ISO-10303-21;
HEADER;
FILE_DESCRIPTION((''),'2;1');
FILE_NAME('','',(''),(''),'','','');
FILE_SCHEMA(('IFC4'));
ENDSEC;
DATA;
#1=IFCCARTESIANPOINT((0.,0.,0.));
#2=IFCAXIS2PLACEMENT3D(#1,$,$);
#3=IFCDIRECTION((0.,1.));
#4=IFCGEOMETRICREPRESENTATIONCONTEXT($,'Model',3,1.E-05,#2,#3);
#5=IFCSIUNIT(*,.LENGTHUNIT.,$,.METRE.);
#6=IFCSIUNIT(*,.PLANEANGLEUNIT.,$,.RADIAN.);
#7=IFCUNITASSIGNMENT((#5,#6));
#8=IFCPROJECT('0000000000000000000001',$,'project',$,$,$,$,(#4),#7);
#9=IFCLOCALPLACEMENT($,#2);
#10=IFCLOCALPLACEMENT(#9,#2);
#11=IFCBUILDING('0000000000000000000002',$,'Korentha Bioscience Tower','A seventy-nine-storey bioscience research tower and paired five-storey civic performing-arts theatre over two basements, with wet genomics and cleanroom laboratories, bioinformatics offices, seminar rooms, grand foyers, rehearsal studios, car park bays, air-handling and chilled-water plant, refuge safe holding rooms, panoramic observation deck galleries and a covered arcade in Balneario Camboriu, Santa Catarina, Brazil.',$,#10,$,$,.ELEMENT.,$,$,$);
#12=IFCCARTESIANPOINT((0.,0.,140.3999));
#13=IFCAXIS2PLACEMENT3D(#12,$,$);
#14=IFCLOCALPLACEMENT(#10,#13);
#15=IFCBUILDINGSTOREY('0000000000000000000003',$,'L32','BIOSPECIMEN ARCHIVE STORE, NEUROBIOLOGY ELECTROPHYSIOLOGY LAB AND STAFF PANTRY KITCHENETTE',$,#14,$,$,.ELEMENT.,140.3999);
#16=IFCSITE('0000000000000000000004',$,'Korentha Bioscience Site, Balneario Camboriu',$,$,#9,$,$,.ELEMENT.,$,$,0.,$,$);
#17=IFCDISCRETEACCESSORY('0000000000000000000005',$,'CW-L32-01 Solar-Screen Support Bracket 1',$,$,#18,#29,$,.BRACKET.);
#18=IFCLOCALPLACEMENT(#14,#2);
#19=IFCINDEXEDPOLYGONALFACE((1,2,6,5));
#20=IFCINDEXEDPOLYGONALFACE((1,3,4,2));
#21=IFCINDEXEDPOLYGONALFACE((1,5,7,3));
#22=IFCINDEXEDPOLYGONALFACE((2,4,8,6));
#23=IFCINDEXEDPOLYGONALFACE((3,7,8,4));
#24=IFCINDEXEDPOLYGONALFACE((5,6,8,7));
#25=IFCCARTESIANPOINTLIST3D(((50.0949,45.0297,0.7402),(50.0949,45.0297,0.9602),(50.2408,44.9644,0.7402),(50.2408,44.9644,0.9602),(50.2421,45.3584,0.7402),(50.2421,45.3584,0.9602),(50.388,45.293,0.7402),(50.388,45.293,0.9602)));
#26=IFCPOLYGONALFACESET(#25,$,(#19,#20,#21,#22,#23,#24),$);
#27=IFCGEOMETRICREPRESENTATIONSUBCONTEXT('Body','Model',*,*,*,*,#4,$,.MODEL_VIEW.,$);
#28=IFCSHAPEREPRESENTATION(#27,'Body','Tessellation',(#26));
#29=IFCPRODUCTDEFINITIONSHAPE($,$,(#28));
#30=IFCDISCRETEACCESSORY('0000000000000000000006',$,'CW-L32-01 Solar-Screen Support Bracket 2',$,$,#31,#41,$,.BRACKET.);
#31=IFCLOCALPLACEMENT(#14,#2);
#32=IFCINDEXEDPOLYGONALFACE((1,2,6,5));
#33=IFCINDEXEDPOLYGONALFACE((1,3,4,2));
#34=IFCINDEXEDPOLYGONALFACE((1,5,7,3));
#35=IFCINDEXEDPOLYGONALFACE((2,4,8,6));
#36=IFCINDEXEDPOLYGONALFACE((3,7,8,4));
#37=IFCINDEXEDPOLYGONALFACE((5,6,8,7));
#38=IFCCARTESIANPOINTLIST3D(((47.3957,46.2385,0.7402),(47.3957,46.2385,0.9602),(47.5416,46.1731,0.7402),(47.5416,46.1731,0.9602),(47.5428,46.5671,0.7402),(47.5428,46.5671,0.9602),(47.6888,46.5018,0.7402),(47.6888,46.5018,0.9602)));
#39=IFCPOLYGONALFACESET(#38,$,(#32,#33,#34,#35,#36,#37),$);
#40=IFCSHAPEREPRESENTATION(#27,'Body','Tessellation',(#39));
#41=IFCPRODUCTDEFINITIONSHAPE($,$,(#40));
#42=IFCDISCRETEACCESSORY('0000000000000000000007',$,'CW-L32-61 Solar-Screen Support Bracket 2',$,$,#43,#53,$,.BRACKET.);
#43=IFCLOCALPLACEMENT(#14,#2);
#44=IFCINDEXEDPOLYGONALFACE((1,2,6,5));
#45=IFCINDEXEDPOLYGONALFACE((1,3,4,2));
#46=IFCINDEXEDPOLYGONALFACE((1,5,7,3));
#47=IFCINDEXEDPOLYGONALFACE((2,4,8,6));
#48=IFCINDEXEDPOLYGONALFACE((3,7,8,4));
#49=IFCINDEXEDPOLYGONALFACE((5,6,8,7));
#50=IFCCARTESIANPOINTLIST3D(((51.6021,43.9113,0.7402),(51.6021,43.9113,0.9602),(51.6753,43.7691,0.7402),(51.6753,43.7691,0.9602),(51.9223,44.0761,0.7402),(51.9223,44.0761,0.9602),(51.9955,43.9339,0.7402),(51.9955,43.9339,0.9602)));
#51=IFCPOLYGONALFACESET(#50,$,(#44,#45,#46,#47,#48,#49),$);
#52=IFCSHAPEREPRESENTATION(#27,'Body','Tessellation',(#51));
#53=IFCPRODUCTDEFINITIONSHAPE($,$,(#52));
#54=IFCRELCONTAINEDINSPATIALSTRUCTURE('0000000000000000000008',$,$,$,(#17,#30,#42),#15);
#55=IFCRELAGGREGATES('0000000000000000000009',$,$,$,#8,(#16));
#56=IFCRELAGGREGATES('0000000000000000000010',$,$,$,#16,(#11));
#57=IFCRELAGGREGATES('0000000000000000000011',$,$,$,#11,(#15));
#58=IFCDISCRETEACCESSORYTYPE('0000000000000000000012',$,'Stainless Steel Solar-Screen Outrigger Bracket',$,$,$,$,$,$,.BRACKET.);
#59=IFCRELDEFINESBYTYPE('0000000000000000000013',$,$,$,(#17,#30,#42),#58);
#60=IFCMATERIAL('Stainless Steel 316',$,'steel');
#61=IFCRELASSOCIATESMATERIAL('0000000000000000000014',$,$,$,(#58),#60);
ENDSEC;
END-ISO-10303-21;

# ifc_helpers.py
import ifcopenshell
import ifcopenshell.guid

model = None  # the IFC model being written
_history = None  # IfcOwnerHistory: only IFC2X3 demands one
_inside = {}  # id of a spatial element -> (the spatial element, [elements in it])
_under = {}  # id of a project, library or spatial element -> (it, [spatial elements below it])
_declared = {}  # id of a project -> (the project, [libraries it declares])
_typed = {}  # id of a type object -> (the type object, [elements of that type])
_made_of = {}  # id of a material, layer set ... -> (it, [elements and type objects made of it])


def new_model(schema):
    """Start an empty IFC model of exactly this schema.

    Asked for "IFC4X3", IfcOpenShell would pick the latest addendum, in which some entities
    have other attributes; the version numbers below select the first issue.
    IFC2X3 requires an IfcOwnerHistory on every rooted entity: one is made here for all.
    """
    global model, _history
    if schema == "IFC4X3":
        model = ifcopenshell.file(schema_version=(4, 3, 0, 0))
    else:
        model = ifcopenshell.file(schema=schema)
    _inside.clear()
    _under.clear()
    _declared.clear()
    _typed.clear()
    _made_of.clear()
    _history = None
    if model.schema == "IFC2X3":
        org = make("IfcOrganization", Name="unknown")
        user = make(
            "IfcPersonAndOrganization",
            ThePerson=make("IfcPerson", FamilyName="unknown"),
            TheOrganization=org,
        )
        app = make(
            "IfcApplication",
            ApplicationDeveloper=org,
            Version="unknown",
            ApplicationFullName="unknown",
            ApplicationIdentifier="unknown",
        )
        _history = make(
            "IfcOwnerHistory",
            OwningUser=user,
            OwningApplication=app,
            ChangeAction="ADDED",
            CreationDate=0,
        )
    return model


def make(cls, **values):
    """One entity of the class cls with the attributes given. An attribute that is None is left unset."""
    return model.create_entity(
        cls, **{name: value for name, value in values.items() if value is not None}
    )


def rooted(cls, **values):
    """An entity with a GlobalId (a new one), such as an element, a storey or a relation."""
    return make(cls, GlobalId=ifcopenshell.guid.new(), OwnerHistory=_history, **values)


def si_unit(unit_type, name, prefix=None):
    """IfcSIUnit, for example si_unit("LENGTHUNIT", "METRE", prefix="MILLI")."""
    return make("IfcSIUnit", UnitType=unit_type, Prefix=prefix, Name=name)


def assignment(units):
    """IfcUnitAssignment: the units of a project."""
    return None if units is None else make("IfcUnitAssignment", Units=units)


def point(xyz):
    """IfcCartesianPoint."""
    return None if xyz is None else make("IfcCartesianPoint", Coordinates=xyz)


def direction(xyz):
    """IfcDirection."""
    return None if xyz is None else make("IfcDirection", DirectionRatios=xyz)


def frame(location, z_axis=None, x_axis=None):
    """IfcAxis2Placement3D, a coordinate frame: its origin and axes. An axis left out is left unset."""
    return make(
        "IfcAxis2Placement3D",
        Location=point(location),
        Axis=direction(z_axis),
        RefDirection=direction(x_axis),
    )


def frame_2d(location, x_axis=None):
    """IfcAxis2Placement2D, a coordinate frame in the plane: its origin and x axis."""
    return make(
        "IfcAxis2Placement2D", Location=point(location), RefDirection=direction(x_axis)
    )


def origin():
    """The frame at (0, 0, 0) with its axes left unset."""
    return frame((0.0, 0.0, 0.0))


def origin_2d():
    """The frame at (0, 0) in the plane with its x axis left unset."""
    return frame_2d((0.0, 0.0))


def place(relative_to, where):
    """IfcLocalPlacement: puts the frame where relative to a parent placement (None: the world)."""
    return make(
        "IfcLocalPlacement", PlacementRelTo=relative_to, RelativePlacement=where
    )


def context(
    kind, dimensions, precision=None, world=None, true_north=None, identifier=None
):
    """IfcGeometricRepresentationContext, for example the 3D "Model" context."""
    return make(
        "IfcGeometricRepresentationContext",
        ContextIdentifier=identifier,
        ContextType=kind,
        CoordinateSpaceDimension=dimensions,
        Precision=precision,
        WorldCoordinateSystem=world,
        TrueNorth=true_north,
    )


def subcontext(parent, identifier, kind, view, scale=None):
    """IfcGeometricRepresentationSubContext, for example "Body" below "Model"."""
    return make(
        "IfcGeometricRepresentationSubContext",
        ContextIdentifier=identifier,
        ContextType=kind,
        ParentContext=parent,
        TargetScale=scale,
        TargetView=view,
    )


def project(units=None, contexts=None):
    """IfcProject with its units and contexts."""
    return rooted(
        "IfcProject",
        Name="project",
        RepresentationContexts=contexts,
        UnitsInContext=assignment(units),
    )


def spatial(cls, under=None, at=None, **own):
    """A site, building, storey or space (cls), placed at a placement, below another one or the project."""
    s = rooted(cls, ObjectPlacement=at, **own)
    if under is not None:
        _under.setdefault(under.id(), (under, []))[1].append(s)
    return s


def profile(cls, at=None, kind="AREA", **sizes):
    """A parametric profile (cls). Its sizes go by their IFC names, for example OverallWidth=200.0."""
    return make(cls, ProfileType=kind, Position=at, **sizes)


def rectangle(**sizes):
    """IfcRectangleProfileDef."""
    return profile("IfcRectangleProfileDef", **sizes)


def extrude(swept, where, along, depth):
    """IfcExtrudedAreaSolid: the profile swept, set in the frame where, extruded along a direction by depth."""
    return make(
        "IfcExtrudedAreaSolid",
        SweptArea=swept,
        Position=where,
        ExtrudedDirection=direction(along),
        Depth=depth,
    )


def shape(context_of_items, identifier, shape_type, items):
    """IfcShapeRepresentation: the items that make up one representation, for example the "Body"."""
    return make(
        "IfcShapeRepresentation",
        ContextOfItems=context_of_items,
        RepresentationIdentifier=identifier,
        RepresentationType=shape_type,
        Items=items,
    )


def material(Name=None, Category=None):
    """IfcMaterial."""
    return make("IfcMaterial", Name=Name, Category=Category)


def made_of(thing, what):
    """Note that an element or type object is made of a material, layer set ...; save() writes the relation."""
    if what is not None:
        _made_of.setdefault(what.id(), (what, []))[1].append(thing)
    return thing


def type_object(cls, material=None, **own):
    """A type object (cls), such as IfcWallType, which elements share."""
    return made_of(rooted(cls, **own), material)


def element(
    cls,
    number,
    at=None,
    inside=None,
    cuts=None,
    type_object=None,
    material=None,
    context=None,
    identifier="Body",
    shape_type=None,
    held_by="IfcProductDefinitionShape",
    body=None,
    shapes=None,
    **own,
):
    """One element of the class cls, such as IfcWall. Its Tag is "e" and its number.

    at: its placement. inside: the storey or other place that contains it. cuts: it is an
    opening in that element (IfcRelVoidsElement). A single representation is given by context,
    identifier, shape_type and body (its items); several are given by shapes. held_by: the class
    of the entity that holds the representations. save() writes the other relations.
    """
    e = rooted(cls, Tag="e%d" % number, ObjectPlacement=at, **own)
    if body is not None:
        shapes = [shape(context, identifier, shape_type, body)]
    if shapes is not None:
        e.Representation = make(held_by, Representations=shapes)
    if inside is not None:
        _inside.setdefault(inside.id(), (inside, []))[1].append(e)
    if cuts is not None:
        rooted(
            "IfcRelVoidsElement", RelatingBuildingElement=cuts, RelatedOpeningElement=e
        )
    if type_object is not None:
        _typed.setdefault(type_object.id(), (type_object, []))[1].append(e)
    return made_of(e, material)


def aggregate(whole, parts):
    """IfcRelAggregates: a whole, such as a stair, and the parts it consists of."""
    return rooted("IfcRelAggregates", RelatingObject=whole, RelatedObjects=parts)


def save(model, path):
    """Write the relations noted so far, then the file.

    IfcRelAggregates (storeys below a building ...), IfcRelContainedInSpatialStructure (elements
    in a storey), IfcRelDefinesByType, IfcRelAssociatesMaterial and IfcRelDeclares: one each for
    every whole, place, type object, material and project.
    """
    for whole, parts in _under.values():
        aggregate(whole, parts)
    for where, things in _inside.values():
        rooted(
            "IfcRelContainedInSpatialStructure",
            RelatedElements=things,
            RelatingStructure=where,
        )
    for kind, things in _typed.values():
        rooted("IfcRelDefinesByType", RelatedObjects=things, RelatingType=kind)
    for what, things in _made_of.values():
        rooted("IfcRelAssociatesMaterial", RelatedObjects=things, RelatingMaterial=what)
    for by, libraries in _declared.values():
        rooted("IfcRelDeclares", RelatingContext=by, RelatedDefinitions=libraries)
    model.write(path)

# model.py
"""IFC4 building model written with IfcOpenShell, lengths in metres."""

from ifc_helpers import new_model, si_unit, direction, frame, origin, origin_2d, place, context, subcontext, project, spatial, rectangle, extrude, material, type_object, element, save


model = new_model("IFC4")

# Units and contexts
model_context = context("Model", 3, precision=1e-05, world=origin(), true_north=direction((0.0, 1.0)))
body_context = subcontext(model_context, "Body", "Model", "MODEL_VIEW")
ifc_project = project(units=[si_unit("LENGTHUNIT", "METRE"), si_unit("PLANEANGLEUNIT", "RADIAN")], contexts=[model_context])

# Site, building, storey
site_placement = place(None, origin())
site = spatial("IfcSite", under=ifc_project, at=site_placement, Name="Korentha Bioscience Site, Balneario Camboriu", CompositionType="ELEMENT", RefElevation=0.0)
building_placement = place(site_placement, origin())
building = spatial("IfcBuilding", under=site, at=building_placement, Name="Korentha Bioscience Tower", Description="A seventy-nine-storey bioscience research tower and paired five-storey civic performing-arts theatre over two basements, with wet genomics and cleanroom laboratories, bioinformatics offices, seminar rooms, grand foyers, rehearsal studios, car park bays, air-handling and chilled-water plant, refuge safe holding rooms, panoramic observation deck galleries and a covered arcade in Balneario Camboriu, Santa Catarina, Brazil.", CompositionType="ELEMENT")
storey_placement = place(building_placement, frame((0.0, 0.0, 140.3999)))
storey = spatial("IfcBuildingStorey", under=building, at=storey_placement, Name="L32", Description="BIOSPECIMEN ARCHIVE STORE, NEUROBIOLOGY ELECTROPHYSIOLOGY LAB AND STAFF PANTRY KITCHENETTE", CompositionType="ELEMENT", Elevation=140.3999)

# Discrete accessories
ifc_material_1 = material(Name="Stainless Steel 316", Category="steel")
discrete_accessory_type = type_object("IfcDiscreteAccessoryType", Name="Stainless Steel Solar-Screen Outrigger Bracket", PredefinedType="BRACKET", material=ifc_material_1)
for number, where, z_axis, x_axis, name in (
    (1, (50.2415, 45.1614, 0.7402), (0.0, 0.0, 1.0), (-0.912687, 0.40866, 0.0), "CW-L32-01 Solar-Screen Support Bracket 1"),
    (2, (47.5422, 46.3701, 0.7402), (0.0, 0.0, 1.0), (-0.912687, 0.40866, 0.0), "CW-L32-01 Solar-Screen Support Bracket 2"),
    (3, (51.7988, 43.9226, 0.7402), (0.0, 0.0, 1.0), (-0.457613, 0.889151, 0.0), "CW-L32-61 Solar-Screen Support Bracket 2"),
):
    element("IfcDiscreteAccessory", number, at=place(storey_placement, frame(where, z_axis=z_axis, x_axis=x_axis)), inside=storey, type_object=discrete_accessory_type, Name=name, PredefinedType="BRACKET", context=body_context, shape_type="SweptSolid", body=[
        extrude(rectangle(XDim=0.1599, YDim=0.3601, at=origin_2d()), origin(), (0.0, 0.0, 1.0), 0.22),
    ])

save(model, "model.ifc")
